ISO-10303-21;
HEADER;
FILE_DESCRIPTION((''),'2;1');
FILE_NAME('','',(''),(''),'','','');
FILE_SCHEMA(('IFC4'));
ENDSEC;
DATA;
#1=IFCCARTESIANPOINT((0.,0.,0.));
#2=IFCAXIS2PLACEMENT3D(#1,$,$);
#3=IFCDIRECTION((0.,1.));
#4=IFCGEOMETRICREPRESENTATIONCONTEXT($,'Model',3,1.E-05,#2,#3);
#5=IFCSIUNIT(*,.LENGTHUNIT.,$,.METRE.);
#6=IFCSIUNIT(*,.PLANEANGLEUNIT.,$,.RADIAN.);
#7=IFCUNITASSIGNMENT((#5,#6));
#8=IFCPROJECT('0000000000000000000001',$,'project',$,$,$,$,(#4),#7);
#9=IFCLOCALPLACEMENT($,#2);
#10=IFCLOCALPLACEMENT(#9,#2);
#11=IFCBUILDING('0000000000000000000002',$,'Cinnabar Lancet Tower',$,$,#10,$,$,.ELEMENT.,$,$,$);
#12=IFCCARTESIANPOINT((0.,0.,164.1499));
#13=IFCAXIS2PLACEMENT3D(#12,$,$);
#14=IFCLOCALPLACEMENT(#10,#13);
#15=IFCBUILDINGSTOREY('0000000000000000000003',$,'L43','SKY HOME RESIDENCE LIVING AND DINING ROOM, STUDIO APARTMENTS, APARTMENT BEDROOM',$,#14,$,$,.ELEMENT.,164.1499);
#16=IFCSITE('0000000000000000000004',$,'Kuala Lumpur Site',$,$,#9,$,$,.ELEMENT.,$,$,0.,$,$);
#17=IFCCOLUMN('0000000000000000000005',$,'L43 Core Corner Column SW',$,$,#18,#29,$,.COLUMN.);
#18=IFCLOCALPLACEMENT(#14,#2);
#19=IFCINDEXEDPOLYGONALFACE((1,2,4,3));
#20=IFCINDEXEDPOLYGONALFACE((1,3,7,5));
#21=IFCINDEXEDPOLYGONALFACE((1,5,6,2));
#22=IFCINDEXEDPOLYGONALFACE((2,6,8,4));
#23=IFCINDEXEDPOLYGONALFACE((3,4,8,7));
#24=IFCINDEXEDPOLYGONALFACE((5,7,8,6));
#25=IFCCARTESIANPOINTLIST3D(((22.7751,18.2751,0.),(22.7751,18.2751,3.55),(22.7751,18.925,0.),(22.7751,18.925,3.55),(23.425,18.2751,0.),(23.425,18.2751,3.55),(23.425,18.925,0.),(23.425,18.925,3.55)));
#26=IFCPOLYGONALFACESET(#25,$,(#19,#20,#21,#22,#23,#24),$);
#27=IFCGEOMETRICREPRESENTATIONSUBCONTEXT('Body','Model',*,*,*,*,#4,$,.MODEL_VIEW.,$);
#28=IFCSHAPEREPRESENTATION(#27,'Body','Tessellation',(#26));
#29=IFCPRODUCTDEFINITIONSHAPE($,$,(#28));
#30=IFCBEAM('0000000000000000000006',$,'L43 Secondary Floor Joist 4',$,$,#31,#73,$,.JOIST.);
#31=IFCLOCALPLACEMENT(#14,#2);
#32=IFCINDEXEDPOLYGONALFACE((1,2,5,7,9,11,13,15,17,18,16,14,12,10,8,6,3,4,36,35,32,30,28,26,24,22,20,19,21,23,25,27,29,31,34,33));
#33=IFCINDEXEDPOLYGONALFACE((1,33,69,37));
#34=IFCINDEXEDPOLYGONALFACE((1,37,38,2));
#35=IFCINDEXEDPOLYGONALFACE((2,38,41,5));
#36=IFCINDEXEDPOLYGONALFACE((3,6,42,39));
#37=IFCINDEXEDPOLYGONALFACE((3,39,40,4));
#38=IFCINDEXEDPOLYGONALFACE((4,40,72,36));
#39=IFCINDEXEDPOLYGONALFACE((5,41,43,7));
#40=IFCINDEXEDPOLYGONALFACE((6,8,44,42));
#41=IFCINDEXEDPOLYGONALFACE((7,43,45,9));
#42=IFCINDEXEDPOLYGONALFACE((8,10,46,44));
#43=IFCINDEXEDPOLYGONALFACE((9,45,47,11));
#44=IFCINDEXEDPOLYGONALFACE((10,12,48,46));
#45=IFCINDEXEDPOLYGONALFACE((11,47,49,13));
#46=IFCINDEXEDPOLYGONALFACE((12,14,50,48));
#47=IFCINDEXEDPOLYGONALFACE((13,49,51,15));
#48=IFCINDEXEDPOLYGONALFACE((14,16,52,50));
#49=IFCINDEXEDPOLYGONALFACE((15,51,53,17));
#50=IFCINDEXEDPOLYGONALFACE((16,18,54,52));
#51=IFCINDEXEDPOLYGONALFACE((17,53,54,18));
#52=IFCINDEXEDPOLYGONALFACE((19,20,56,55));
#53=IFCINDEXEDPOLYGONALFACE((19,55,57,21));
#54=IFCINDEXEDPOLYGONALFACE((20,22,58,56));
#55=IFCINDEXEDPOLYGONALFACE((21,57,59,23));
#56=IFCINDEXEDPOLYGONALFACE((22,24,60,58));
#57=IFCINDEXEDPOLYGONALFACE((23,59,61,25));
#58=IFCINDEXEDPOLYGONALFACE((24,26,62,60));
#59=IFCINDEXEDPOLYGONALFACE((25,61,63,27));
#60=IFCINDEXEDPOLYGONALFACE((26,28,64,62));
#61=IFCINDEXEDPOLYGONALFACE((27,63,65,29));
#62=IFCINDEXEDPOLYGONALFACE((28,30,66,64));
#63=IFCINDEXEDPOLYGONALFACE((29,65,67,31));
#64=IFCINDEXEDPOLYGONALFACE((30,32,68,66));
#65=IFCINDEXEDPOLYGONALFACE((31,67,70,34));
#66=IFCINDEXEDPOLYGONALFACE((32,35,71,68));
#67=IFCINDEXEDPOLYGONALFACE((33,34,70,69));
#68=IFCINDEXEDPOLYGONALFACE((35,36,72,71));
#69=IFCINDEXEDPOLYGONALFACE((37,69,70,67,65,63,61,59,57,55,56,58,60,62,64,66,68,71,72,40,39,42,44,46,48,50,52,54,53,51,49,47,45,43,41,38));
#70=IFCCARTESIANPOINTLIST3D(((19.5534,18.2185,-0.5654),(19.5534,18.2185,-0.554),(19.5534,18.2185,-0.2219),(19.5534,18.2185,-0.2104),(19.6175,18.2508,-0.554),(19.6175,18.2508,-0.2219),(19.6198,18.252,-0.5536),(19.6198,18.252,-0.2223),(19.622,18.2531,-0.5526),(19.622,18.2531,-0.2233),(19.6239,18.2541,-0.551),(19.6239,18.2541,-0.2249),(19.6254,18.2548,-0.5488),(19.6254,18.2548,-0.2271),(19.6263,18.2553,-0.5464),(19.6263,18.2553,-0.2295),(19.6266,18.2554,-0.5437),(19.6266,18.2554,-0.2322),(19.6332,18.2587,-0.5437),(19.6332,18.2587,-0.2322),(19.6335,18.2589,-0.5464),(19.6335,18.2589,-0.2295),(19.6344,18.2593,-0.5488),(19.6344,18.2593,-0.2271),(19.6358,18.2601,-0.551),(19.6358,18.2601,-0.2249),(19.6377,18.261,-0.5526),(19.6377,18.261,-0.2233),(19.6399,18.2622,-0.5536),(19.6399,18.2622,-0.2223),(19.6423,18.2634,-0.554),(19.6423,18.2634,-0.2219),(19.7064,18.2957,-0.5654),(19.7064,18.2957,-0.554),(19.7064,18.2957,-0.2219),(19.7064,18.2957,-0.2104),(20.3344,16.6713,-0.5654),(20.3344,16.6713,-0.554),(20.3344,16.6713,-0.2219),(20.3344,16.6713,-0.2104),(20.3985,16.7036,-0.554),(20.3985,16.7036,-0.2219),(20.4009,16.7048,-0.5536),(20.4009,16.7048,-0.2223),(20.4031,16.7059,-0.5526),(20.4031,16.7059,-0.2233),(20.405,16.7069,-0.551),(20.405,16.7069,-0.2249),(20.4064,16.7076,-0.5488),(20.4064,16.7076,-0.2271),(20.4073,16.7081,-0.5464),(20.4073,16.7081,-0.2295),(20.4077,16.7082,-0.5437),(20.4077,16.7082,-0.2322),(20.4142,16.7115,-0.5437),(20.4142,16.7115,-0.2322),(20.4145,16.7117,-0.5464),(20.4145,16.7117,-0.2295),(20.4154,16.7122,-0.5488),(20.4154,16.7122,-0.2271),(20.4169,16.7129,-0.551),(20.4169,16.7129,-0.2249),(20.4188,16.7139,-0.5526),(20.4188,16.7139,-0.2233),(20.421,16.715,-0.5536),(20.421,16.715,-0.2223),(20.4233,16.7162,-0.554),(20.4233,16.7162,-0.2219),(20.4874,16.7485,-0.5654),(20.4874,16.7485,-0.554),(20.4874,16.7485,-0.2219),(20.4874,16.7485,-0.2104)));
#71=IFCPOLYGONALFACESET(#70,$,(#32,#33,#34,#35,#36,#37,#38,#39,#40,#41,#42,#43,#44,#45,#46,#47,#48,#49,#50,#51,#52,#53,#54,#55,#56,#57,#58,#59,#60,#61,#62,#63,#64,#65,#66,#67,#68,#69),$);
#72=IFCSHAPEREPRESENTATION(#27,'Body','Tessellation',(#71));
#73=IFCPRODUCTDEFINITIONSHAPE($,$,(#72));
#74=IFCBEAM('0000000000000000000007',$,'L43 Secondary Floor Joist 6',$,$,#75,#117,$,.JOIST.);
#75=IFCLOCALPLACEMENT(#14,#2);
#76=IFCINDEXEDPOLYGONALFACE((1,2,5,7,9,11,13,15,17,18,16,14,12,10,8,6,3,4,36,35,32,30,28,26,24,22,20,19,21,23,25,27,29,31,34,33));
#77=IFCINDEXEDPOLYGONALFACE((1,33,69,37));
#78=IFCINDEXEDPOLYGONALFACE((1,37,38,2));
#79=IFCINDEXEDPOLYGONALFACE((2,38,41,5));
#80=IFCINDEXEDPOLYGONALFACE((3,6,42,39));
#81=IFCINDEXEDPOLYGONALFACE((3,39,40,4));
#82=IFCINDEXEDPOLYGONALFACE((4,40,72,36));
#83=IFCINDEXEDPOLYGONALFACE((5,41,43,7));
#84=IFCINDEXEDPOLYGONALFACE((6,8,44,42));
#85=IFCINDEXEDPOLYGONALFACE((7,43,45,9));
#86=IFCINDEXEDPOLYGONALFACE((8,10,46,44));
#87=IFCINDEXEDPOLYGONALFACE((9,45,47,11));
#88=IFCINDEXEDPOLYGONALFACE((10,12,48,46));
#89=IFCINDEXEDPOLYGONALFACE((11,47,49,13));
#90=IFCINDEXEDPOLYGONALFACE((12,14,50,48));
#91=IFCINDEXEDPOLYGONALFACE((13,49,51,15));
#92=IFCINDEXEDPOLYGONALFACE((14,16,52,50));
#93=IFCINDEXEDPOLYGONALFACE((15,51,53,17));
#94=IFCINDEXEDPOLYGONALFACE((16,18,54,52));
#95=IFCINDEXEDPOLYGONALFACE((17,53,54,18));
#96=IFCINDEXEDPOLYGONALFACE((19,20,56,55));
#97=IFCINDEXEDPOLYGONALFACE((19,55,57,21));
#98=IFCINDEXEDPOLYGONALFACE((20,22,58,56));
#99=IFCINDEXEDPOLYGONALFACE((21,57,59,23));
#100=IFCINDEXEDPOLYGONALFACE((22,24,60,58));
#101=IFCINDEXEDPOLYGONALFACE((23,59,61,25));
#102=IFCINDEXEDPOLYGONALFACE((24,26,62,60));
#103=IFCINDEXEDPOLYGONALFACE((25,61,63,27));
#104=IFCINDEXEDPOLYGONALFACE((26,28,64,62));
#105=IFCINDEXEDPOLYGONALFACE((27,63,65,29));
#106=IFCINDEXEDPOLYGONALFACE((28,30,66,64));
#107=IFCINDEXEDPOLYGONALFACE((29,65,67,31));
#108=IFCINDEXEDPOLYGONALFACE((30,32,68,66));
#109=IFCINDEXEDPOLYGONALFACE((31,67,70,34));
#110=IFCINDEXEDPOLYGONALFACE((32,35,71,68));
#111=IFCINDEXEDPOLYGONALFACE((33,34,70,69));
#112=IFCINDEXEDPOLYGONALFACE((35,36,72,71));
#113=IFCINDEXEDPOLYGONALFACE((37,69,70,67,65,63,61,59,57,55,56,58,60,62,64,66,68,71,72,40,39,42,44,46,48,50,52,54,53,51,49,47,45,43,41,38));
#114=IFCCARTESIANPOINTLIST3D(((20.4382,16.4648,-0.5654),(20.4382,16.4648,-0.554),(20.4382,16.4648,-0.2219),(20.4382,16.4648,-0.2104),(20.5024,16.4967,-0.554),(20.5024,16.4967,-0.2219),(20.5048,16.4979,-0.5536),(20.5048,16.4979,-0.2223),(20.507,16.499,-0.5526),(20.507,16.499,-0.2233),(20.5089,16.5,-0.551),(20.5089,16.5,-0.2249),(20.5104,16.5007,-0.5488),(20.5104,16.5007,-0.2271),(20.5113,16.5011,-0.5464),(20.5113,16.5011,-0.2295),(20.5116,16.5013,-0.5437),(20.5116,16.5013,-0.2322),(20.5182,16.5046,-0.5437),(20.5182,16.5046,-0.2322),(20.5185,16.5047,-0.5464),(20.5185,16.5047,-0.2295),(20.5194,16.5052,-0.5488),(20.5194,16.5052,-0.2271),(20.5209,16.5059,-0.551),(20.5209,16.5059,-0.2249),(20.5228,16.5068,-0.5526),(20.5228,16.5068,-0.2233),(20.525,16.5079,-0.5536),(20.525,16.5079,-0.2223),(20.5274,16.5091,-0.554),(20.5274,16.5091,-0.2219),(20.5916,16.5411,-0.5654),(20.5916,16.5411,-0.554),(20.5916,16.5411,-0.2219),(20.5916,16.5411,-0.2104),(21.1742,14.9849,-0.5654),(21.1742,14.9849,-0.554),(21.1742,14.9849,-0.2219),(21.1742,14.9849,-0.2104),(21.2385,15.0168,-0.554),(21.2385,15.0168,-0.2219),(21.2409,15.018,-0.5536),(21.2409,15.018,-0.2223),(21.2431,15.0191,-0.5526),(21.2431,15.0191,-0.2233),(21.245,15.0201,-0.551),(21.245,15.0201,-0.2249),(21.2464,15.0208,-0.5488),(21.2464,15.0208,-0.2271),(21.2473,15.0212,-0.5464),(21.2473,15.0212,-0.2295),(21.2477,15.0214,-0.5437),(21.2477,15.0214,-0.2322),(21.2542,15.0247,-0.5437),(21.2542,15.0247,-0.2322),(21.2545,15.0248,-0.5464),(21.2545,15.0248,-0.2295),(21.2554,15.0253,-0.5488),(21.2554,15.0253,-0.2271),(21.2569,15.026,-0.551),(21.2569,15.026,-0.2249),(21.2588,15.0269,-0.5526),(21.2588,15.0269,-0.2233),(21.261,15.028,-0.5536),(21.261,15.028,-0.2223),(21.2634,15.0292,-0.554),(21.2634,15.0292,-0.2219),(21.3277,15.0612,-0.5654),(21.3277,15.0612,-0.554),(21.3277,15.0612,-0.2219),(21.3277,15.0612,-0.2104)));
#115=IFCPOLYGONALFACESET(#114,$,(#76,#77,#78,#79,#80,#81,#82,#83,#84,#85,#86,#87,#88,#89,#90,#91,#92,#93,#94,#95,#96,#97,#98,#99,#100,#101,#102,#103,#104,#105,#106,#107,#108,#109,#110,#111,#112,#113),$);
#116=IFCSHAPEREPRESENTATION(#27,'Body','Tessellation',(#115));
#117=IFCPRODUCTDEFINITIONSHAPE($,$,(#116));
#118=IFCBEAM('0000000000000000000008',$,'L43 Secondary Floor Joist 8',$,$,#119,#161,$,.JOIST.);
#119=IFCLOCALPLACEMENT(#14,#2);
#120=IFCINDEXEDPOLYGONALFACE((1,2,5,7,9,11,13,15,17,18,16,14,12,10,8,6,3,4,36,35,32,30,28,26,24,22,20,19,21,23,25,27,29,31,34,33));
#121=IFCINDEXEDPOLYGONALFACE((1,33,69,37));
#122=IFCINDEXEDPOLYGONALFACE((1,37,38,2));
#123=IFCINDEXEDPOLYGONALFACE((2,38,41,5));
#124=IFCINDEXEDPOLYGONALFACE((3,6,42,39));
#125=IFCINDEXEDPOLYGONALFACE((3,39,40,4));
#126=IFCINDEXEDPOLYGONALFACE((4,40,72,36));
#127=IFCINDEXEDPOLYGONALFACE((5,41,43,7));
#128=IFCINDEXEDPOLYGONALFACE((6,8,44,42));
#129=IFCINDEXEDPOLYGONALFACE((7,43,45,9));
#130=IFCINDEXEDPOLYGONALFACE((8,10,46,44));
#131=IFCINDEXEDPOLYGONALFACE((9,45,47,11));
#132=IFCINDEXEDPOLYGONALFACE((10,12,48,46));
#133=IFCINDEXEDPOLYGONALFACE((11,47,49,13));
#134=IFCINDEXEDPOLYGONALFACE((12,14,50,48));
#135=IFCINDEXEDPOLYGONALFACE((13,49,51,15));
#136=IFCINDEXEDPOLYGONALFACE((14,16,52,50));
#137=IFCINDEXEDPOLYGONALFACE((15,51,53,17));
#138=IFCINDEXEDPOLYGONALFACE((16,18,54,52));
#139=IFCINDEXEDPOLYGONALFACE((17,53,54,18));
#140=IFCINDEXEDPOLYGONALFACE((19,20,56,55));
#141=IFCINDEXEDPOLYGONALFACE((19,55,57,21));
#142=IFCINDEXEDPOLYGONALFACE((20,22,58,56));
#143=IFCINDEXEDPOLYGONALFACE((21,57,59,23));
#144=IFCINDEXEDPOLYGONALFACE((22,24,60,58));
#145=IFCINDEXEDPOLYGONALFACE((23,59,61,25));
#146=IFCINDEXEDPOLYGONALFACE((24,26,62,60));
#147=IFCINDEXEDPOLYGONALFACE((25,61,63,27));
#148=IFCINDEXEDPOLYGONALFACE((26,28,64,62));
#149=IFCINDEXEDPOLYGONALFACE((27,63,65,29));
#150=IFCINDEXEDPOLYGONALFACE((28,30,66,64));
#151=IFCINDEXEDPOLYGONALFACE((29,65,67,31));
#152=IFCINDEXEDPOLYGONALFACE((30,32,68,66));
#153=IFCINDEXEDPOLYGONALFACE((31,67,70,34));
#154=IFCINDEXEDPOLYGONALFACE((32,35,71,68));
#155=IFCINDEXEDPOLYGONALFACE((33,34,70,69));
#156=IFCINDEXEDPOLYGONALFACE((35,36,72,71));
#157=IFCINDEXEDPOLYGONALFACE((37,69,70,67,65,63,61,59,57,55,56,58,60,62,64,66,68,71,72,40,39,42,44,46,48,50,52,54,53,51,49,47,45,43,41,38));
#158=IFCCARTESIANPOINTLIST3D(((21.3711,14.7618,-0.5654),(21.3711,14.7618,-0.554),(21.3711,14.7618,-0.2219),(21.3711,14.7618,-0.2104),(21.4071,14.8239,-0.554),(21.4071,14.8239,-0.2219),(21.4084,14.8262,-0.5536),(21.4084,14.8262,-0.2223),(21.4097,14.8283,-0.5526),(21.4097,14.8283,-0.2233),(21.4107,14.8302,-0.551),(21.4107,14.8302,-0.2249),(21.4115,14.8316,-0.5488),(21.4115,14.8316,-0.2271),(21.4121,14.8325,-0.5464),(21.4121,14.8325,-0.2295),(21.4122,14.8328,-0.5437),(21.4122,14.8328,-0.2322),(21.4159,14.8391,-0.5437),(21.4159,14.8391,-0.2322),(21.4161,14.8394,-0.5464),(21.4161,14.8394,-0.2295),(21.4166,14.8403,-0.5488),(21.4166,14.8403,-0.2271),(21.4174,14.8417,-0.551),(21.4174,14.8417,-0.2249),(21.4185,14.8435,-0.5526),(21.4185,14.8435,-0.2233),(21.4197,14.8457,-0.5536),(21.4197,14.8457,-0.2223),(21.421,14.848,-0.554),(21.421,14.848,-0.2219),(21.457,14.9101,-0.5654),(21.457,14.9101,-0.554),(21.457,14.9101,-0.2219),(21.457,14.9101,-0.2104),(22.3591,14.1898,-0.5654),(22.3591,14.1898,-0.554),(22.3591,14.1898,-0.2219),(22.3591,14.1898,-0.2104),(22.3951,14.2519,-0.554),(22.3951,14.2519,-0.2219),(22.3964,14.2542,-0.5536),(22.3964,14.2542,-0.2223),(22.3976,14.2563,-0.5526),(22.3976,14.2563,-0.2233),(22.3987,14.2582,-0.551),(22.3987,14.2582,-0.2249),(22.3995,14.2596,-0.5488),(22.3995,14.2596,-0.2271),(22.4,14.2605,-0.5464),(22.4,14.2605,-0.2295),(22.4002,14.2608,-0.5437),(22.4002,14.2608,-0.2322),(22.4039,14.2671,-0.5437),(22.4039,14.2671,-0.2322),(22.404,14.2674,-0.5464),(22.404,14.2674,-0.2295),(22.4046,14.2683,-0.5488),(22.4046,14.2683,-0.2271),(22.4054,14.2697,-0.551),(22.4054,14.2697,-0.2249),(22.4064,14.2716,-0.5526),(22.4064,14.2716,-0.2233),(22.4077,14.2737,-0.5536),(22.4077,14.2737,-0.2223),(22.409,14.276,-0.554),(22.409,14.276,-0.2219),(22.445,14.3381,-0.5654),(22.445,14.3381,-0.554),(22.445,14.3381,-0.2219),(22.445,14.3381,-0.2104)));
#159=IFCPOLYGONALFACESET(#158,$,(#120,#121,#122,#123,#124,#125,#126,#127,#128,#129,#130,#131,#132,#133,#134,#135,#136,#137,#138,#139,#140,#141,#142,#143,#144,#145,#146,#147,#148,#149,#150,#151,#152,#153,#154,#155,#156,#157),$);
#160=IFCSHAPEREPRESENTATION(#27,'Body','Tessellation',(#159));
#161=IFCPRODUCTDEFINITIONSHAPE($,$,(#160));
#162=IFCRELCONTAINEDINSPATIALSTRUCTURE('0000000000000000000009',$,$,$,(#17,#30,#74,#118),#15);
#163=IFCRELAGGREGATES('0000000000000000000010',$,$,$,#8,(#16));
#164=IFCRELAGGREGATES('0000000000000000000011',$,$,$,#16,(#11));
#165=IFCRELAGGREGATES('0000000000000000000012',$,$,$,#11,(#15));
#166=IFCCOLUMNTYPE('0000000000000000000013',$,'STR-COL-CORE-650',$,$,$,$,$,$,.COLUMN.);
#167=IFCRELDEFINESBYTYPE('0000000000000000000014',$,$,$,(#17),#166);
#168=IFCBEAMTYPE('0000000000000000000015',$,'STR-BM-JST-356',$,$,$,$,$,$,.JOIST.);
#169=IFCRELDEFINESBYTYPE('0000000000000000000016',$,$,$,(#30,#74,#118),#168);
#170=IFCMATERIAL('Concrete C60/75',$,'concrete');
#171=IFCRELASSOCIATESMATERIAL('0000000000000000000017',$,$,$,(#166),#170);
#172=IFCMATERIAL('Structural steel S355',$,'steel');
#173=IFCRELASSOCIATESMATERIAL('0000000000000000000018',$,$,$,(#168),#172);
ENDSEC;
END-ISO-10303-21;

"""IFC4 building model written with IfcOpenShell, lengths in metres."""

from ifc_helpers import new_model, si_unit, direction, frame, origin, origin_2d, place, context, subcontext, project, spatial, rectangle, i_section, extrude, material, material_profile, profile_set, type_object, element, save


model = new_model("IFC4")

# Units and contexts
model_context = context("Model", 3, precision=1e-05, world=origin(), true_north=direction((0.0, 1.0)))
body_context = subcontext(model_context, "Body", "Model", "MODEL_VIEW")
ifc_project = project(units=[si_unit("LENGTHUNIT", "METRE"), si_unit("PLANEANGLEUNIT", "RADIAN")], contexts=[model_context])

# Site, building, storey
site_placement = place(None, origin())
site = spatial("IfcSite", under=ifc_project, at=site_placement, Name="Kuala Lumpur Site", CompositionType="ELEMENT", RefElevation=0.0)
building_placement = place(site_placement, origin())
building = spatial("IfcBuilding", under=site, at=building_placement, Name="Cinnabar Lancet Tower", CompositionType="ELEMENT")
storey_placement = place(building_placement, frame((0.0, 0.0, 164.1499)))
storey = spatial("IfcBuildingStorey", under=building, at=storey_placement, Name="L43", Description="SKY HOME RESIDENCE LIVING AND DINING ROOM, STUDIO APARTMENTS, APARTMENT BEDROOM", CompositionType="ELEMENT", Elevation=164.1499)

# Column
ifc_material_1 = material(Name="Concrete C60/75", Category="concrete")
ifc_material_profile_1 = material_profile(ifc_material_1, rectangle(XDim=0.6499, YDim=0.6499, at=origin_2d()), Name="RC-COL 650x650")
ifc_profile_set_1 = profile_set([ifc_material_profile_1], Name="Concrete C60/75")
column_type = type_object("IfcColumnType", Name="STR-COL-CORE-650", PredefinedType="COLUMN", material=ifc_profile_set_1)
column_placement = place(storey_placement, frame((23.1001, 18.6001, 0.0), z_axis=(0.0, 0.0, 1.0), x_axis=(1.0, 0.0, 0.0)))
element("IfcColumn", 1, at=column_placement, inside=storey, type_object=column_type, Name="L43 Core Corner Column SW", PredefinedType="COLUMN", context=body_context, shape_type="SweptSolid", body=[
    extrude(rectangle(XDim=0.6499, YDim=0.6499, at=origin_2d()), origin(), (0.0, 0.0, 1.0), 3.55),
])

# Beams
ifc_material_2 = material(Name="Structural steel S355", Category="steel")
ifc_material_profile_2 = material_profile(ifc_material_2, i_section(OverallWidth=0.1714, OverallDepth=0.355, WebThickness=0.0073, FlangeThickness=0.0115, FilletRadius=0.0103, at=origin_2d()), Name="UKB 356x171x51")
ifc_profile_set_2 = profile_set([ifc_material_profile_2], Name="Structural steel S355")
beam_type_1 = type_object("IfcBeamType", Name="STR-BM-JST-356", PredefinedType="JOIST", material=ifc_profile_set_2)
beam_1_placement = place(storey_placement, frame((19.6299, 18.2571, -0.3879), z_axis=(0.450648, -0.892702, 0.0), x_axis=(0.892702, 0.450648, 0.0)))
element("IfcBeam", 2, at=beam_1_placement, inside=storey, type_object=beam_type_1, Name="L43 Secondary Floor Joist 4", PredefinedType="JOIST", context=body_context, shape_type="SweptSolid", body=[
    extrude(i_section(OverallWidth=0.1714, OverallDepth=0.355, WebThickness=0.0073, FlangeThickness=0.0115, FilletRadius=0.0103, at=origin_2d()), origin(), (0.0, 0.0, 1.0), 1.7332),
])
beam_2_placement = place(storey_placement, frame((20.5149, 16.5029, -0.3879), z_axis=(0.445322, -0.89537, 0.0), x_axis=(0.89537, 0.445322, 0.0)))
element("IfcBeam", 3, at=beam_2_placement, inside=storey, type_object=beam_type_1, Name="L43 Secondary Floor Joist 6", PredefinedType="JOIST", context=body_context, shape_type="SweptSolid", body=[
    extrude(i_section(OverallWidth=0.1714, OverallDepth=0.355, WebThickness=0.0073, FlangeThickness=0.0115, FilletRadius=0.0103, at=origin_2d()), origin(), (0.0, 0.0, 1.0), 1.6528),
])
beam_3_placement = place(storey_placement, frame((21.4141, 14.8359, -0.3879), z_axis=(0.865426, -0.501036, 0.0), x_axis=(0.501036, 0.865426, 0.0)))
element("IfcBeam", 4, at=beam_3_placement, inside=storey, type_object=beam_type_1, Name="L43 Secondary Floor Joist 8", PredefinedType="JOIST", context=body_context, shape_type="SweptSolid", body=[
    extrude(i_section(OverallWidth=0.1714, OverallDepth=0.355, WebThickness=0.0073, FlangeThickness=0.0115, FilletRadius=0.0103, at=origin_2d()), origin(), (0.0, 0.0, 1.0), 1.1416),
])

save(model, "model.ifc")
